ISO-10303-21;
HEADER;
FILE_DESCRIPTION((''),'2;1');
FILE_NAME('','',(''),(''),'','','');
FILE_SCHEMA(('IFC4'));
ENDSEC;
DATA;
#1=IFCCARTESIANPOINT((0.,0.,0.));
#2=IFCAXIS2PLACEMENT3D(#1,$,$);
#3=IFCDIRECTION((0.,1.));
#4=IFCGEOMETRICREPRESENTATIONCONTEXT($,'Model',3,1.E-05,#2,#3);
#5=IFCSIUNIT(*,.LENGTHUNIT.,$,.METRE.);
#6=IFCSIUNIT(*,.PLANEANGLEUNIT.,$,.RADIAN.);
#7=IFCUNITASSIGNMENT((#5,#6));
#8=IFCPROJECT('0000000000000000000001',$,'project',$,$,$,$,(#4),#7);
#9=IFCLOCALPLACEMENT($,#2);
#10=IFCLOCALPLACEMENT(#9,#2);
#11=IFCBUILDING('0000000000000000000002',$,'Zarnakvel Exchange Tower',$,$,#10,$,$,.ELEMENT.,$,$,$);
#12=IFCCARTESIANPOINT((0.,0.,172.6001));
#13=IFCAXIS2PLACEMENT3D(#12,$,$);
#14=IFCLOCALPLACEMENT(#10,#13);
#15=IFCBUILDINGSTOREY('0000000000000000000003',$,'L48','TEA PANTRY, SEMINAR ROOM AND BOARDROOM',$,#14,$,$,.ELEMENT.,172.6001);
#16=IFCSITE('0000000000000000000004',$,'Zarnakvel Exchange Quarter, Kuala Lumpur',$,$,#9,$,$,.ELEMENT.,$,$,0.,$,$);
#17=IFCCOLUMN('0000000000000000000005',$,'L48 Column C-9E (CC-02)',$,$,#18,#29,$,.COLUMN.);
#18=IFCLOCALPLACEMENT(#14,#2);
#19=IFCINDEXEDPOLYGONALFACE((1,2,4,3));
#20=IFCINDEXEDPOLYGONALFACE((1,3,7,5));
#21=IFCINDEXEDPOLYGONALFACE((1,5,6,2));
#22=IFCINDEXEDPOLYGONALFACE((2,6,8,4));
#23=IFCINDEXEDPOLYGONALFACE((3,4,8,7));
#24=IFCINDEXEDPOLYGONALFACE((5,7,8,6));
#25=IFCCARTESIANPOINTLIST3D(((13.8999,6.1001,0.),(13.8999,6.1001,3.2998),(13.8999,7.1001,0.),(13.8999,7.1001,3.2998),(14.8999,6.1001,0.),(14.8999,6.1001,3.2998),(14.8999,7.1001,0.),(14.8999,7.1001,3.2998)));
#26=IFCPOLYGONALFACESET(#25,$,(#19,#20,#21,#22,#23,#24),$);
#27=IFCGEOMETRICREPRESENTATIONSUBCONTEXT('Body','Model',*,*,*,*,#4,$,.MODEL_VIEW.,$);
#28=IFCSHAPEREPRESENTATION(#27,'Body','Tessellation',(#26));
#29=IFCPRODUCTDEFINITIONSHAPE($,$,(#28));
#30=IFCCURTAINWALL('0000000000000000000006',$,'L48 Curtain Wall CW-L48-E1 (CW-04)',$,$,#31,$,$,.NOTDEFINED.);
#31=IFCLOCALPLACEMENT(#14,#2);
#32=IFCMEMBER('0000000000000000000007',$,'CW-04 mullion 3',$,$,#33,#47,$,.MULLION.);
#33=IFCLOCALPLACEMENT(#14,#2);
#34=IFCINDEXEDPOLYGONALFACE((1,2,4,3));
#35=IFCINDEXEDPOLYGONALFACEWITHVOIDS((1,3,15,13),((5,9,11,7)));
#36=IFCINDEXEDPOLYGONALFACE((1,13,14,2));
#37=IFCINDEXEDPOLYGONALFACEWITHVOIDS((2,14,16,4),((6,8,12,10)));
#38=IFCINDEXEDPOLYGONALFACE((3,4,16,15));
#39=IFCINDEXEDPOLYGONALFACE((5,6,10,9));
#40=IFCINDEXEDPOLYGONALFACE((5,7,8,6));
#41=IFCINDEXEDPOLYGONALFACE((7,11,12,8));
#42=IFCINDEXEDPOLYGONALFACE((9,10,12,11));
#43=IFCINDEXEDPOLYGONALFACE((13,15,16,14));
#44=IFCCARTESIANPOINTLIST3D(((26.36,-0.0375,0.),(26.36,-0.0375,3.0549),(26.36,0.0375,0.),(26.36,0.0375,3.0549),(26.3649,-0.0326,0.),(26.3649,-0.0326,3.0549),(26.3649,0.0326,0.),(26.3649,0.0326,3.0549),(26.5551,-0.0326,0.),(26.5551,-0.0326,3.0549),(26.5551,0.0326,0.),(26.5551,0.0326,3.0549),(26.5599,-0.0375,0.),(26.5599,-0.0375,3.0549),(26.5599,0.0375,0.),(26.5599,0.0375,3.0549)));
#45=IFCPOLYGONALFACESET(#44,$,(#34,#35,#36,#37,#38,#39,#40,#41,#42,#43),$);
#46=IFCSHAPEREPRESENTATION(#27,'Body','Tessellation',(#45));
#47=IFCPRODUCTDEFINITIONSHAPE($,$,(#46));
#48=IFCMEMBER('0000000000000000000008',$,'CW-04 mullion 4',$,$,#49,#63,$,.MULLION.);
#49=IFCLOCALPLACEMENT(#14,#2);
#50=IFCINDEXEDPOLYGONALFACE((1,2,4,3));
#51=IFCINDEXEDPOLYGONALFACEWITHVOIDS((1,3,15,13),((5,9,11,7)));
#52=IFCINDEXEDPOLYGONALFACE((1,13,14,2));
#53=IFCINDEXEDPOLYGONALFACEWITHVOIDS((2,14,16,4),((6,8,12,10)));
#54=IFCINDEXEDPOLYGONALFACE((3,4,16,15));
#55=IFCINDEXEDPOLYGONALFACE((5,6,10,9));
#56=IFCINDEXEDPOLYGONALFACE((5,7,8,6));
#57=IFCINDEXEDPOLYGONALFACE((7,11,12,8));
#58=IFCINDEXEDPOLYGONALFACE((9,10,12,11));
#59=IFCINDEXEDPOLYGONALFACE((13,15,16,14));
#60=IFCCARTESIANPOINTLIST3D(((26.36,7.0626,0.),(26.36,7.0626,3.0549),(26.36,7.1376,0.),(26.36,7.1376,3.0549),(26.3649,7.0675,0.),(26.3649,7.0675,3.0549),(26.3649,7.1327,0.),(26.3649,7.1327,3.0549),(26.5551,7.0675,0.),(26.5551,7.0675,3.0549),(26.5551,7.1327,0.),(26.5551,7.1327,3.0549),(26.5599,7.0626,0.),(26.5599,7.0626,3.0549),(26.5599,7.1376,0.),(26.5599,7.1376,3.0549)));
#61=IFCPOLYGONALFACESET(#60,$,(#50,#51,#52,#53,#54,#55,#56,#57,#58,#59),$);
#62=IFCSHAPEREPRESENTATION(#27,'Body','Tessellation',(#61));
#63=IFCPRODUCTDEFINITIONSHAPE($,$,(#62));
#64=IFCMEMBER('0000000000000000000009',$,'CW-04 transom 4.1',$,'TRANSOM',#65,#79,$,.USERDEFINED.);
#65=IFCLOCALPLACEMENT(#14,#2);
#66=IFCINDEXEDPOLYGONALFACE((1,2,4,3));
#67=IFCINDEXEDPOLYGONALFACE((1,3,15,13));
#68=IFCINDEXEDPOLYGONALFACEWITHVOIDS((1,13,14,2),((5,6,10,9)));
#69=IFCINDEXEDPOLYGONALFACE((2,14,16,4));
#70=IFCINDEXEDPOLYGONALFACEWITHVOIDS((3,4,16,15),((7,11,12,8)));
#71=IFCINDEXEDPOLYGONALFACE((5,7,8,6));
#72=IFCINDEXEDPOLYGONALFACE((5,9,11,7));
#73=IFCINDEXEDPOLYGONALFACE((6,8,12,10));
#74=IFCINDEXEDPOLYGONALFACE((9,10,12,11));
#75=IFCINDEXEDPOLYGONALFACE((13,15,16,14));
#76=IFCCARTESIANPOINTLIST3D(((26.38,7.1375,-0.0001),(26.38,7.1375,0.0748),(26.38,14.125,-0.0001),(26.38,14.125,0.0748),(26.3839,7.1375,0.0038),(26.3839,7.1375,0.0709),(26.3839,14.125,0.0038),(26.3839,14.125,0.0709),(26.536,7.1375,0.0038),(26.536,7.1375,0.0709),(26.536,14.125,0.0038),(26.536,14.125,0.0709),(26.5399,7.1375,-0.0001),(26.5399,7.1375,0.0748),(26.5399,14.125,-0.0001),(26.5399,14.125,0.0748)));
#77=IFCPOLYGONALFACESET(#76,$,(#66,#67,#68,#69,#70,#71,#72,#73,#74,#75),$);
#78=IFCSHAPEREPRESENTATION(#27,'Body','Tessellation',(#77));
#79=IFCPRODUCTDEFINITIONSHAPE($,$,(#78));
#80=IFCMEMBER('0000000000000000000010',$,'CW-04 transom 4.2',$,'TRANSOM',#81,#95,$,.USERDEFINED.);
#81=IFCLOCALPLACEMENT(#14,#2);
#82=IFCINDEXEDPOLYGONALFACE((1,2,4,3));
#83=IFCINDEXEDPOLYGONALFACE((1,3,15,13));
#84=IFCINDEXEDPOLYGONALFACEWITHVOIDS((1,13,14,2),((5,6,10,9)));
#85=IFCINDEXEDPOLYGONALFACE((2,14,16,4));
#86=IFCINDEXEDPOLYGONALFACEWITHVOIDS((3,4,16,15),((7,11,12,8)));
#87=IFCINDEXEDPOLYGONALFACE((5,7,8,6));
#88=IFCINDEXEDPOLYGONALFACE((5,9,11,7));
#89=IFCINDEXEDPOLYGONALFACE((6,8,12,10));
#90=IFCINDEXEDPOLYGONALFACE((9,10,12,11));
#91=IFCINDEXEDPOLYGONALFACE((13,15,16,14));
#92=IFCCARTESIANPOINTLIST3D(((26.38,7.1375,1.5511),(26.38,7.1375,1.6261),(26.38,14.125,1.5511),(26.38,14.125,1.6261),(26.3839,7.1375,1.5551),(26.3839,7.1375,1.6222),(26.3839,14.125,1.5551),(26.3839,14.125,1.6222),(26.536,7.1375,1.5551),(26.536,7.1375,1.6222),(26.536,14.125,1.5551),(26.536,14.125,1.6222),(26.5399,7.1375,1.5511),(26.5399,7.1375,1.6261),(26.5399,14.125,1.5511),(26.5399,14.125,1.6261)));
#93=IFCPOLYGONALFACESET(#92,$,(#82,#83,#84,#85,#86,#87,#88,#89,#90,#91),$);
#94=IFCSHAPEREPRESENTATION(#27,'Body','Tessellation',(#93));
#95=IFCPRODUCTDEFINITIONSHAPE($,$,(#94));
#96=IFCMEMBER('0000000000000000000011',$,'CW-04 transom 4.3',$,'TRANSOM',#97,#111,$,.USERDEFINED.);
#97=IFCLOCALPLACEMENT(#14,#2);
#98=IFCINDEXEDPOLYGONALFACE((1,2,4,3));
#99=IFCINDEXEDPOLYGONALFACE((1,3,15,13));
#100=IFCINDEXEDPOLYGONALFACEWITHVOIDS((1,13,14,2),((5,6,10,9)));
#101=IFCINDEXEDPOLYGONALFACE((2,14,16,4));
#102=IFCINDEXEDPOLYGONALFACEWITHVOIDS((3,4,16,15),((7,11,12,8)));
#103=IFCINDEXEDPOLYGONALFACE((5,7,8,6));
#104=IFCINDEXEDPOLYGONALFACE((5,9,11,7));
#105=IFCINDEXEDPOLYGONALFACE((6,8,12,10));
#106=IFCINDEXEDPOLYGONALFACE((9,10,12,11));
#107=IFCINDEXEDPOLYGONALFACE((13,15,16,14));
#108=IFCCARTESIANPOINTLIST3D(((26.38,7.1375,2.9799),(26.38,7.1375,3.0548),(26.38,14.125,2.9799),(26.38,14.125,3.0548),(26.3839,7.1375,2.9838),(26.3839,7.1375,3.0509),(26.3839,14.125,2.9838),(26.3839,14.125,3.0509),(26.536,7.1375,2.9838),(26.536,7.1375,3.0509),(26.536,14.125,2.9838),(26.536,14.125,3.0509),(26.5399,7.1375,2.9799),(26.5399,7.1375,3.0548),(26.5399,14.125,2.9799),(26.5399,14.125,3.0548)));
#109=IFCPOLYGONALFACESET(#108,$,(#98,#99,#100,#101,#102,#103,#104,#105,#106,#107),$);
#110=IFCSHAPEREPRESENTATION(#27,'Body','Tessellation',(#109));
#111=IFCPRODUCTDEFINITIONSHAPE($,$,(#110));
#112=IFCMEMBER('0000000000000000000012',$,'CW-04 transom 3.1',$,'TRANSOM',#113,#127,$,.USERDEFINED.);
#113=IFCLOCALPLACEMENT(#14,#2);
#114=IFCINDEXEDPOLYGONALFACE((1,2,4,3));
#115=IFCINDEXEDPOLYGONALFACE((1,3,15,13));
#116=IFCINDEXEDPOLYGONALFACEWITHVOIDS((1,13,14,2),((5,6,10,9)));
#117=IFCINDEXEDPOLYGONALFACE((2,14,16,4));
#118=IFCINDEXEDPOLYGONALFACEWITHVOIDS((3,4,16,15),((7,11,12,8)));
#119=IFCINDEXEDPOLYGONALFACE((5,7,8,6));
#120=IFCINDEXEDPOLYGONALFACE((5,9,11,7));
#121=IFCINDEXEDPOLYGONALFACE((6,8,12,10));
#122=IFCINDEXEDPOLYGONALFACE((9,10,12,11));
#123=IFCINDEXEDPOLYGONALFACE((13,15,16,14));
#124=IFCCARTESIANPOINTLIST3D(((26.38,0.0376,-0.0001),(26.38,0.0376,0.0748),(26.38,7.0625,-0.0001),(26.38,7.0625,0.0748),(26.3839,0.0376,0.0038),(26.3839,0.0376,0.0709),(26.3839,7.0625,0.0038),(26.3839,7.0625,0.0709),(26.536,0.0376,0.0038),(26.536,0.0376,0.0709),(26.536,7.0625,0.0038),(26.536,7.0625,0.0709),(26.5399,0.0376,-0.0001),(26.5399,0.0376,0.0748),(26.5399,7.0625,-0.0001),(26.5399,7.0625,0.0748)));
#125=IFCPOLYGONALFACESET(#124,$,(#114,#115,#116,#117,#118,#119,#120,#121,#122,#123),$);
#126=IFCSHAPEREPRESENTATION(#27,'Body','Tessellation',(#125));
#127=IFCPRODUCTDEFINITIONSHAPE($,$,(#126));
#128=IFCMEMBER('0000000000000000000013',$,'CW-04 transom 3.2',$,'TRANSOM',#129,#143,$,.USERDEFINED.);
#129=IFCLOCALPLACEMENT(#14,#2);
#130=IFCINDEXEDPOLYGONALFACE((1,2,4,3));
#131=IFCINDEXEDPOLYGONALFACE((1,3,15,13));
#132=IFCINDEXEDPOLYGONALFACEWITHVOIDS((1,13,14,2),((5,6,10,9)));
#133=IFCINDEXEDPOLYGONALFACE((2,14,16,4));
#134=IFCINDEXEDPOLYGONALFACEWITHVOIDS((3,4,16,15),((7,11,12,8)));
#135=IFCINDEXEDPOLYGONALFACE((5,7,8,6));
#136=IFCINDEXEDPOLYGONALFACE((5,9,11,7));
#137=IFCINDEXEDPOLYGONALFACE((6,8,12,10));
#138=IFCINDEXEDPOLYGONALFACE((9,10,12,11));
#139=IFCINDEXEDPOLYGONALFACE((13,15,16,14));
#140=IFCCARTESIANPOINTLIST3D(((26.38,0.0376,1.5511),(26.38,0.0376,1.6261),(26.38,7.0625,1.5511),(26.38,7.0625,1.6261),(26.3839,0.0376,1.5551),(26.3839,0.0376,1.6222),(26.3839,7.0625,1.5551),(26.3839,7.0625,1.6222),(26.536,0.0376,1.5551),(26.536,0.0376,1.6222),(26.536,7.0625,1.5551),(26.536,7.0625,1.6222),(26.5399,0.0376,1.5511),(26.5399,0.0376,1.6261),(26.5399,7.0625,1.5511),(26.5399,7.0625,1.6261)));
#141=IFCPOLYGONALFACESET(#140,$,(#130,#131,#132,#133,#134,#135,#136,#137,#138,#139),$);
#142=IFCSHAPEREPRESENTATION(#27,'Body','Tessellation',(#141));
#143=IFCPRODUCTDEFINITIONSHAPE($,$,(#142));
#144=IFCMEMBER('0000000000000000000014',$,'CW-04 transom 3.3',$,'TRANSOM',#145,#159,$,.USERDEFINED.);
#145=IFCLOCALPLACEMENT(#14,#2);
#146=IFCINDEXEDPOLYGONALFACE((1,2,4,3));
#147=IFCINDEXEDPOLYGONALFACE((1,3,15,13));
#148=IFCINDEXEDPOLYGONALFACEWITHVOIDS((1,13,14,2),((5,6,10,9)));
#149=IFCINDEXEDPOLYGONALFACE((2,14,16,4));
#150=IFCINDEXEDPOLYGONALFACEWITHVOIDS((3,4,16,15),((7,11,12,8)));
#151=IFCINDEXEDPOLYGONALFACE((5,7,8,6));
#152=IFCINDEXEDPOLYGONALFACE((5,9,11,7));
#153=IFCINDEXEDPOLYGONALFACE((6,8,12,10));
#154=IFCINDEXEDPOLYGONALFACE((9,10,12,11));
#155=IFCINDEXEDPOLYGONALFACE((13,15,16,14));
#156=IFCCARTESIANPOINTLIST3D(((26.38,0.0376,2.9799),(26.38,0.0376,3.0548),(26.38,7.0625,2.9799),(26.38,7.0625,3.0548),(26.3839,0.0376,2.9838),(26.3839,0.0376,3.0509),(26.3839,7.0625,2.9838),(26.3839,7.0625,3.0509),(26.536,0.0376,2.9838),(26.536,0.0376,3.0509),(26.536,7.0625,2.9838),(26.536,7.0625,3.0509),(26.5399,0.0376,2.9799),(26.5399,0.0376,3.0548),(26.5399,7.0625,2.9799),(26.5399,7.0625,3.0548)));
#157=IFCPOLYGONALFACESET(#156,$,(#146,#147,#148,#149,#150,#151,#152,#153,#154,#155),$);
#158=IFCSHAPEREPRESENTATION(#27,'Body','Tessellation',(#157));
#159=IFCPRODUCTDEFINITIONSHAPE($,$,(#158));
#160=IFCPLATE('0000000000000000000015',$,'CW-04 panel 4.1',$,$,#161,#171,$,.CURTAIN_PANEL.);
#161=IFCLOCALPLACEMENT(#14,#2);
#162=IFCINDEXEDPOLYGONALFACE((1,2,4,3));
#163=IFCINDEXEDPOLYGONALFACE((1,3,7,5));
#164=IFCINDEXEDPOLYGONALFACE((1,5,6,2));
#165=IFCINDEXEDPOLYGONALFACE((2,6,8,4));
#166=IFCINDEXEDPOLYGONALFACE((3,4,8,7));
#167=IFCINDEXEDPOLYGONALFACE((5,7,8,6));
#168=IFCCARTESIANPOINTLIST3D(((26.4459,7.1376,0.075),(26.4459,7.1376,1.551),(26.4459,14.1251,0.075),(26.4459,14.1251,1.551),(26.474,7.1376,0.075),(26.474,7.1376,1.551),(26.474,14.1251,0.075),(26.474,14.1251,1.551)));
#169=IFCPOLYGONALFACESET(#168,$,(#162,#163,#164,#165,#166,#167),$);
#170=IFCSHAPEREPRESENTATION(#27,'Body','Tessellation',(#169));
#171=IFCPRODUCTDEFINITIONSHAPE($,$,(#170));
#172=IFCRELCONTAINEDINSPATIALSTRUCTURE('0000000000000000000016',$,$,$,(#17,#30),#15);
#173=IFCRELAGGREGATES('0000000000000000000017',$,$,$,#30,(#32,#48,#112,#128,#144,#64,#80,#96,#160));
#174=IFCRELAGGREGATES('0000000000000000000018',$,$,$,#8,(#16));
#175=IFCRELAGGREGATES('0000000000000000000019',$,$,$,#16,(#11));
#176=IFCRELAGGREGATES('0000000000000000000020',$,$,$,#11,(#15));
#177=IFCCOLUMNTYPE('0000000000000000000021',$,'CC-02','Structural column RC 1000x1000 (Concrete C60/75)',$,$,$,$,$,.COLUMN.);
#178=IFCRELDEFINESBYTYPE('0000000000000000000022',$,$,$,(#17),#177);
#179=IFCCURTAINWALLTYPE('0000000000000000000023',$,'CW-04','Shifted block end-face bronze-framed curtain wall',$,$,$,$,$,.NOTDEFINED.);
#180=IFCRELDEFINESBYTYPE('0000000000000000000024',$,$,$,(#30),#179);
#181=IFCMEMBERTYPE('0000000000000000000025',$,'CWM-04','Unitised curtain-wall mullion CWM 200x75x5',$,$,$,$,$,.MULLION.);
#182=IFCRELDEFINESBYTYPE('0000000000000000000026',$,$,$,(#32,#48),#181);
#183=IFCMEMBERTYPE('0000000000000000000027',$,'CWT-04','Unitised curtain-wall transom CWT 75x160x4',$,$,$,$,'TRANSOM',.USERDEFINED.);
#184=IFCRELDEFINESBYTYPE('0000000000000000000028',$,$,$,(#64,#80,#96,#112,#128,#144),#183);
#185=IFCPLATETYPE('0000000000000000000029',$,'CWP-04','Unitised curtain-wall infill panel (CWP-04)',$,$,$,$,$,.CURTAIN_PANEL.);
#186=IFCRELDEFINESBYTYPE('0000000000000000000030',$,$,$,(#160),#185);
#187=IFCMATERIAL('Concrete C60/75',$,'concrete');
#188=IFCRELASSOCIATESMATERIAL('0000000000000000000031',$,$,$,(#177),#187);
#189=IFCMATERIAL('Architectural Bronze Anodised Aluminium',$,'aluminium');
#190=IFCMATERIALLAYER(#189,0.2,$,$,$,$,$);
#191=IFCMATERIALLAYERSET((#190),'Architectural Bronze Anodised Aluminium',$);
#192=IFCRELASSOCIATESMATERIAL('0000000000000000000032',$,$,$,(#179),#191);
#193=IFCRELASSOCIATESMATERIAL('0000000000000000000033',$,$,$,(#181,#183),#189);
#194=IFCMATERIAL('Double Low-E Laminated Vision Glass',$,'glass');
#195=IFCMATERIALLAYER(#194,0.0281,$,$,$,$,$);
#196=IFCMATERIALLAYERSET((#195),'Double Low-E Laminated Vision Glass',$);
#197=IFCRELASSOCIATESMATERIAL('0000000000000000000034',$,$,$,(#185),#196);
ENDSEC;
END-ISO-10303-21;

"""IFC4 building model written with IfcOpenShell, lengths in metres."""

from ifc_helpers import new_model, si_unit, direction, frame, origin, origin_2d, place, context, subcontext, project, spatial, rectangle, hollow_rectangle, extrude, source, transform, mapped, material, layer, layer_set, material_profile, profile_set, type_object, element, aggregate, save


model = new_model("IFC4")

# Units and contexts
model_context = context("Model", 3, precision=1e-05, world=origin(), true_north=direction((0.0, 1.0)))
body_context = subcontext(model_context, "Body", "Model", "MODEL_VIEW")
ifc_project = project(units=[si_unit("LENGTHUNIT", "METRE"), si_unit("PLANEANGLEUNIT", "RADIAN")], contexts=[model_context])

# Site, building, storey
site_placement = place(None, origin())
site = spatial("IfcSite", under=ifc_project, at=site_placement, Name="Zarnakvel Exchange Quarter, Kuala Lumpur", CompositionType="ELEMENT", RefElevation=0.0)
building_placement = place(site_placement, origin())
building = spatial("IfcBuilding", under=site, at=building_placement, Name="Zarnakvel Exchange Tower", CompositionType="ELEMENT")
storey_placement = place(building_placement, frame((0.0, 0.0, 172.6001)))
storey = spatial("IfcBuildingStorey", under=building, at=storey_placement, Name="L48", Description="TEA PANTRY, SEMINAR ROOM AND BOARDROOM", CompositionType="ELEMENT", Elevation=172.6001)

# Column
ifc_material_1 = material(Name="Concrete C60/75", Category="concrete")
ifc_material_profile_1 = material_profile(ifc_material_1, rectangle(XDim=1.0, YDim=1.0, at=origin_2d()))
ifc_profile_set_1 = profile_set([ifc_material_profile_1], Name="Concrete C60/75")
column_type = type_object("IfcColumnType", Name="CC-02", Description="Structural column RC 1000x1000 (Concrete C60/75)", PredefinedType="COLUMN", material=ifc_profile_set_1)
column_placement = place(storey_placement, frame((14.3999, 6.6001, 0.0), z_axis=(0.0, 0.0, 1.0), x_axis=(1.0, 0.0, 0.0)))
element("IfcColumn", 1, at=column_placement, inside=storey, type_object=column_type, Name="L48 Column C-9E (CC-02)", PredefinedType="COLUMN", context=body_context, shape_type="SweptSolid", body=[
    extrude(rectangle(XDim=1.0, YDim=1.0, at=origin_2d()), origin(), (0.0, 0.0, 1.0), 3.2998),
])

# Curtain wall, members, plate
ifc_material_2 = material(Name="Architectural Bronze Anodised Aluminium", Category="aluminium")
ifc_layer_1 = layer(ifc_material_2, 0.2)
ifc_layer_set_1 = layer_set([ifc_layer_1], Name="Architectural Bronze Anodised Aluminium")
curtain_wall_type = type_object("IfcCurtainWallType", Name="CW-04", Description="Shifted block end-face bronze-framed curtain wall", PredefinedType="NOTDEFINED", material=ifc_layer_set_1)
curtain_wall_placement = place(storey_placement, origin())
curtain_wall = element("IfcCurtainWall", 2, at=curtain_wall_placement, inside=storey, type_object=curtain_wall_type, Name="L48 Curtain Wall CW-L48-E1 (CW-04)", PredefinedType="NOTDEFINED")
ifc_material_profile_2 = material_profile(ifc_material_2, hollow_rectangle(XDim=0.2, YDim=0.075, WallThickness=0.0049, at=origin_2d()))
ifc_profile_set_2 = profile_set([ifc_material_profile_2], Name="Architectural Bronze Anodised Aluminium")
member_type_1 = type_object("IfcMemberType", Name="CWM-04", Description="Unitised curtain-wall mullion CWM 200x75x5", PredefinedType="MULLION", material=ifc_profile_set_2)
shared_shape_1 = source(origin(), body_context, "Body", "SweptSolid", [
    extrude(hollow_rectangle(XDim=0.2, YDim=0.075, WallThickness=0.0049, at=origin_2d()), origin(), (0.0, 0.0, 1.0), 3.0549),
])
member_1_placement = place(storey_placement, frame((26.46, 0.0, 0.0), z_axis=(0.0, 0.0, 1.0), x_axis=(-1.0, 0.0, 0.0)))
member_1 = element("IfcMember", 3, at=member_1_placement, type_object=member_type_1, Name="CW-04 mullion 3", PredefinedType="MULLION", context=body_context, shape_type="MappedRepresentation", body=[
    mapped(shared_shape_1, transform((0.0, 0.0, 0.0), x_axis=(1.0, 0.0, 0.0), y_axis=(0.0, 1.0, 0.0), z_axis=(0.0, 0.0, 1.0), scale=1.0)),
])
member_2_placement = place(storey_placement, frame((26.46, 7.1001, 0.0), z_axis=(0.0, 0.0, 1.0), x_axis=(-1.0, 0.0, 0.0)))
member_2 = element("IfcMember", 4, at=member_2_placement, type_object=member_type_1, Name="CW-04 mullion 4", PredefinedType="MULLION", context=body_context, shape_type="MappedRepresentation", body=[
    mapped(shared_shape_1, transform((0.0, 0.0, 0.0), x_axis=(1.0, 0.0, 0.0), y_axis=(0.0, 1.0, 0.0), z_axis=(0.0, 0.0, 1.0), scale=1.0)),
])
ifc_material_profile_3 = material_profile(ifc_material_2, hollow_rectangle(XDim=0.1599, YDim=0.075, WallThickness=0.0039, at=origin_2d()))
ifc_profile_set_3 = profile_set([ifc_material_profile_3], Name="Architectural Bronze Anodised Aluminium")
member_type_2 = type_object("IfcMemberType", Name="CWT-04", Description="Unitised curtain-wall transom CWT 75x160x4", ElementType="TRANSOM", PredefinedType="USERDEFINED", material=ifc_profile_set_3)
shared_shape_2 = source(origin(), body_context, "Body", "SweptSolid", [
    extrude(hollow_rectangle(XDim=0.1599, YDim=0.075, WallThickness=0.0039, at=origin_2d()), origin(), (0.0, 0.0, 1.0), 6.9875),
])
member_3_placement = place(storey_placement, frame((26.46, 7.1375, 0.0374), z_axis=(0.0, 1.0, 0.0), x_axis=(-1.0, 0.0, 0.0)))
member_3 = element("IfcMember", 5, at=member_3_placement, type_object=member_type_2, Name="CW-04 transom 4.1", ObjectType="TRANSOM", PredefinedType="USERDEFINED", context=body_context, shape_type="MappedRepresentation", body=[
    mapped(shared_shape_2, transform((0.0, 0.0, 0.0), x_axis=(1.0, 0.0, 0.0), y_axis=(0.0, 1.0, 0.0), z_axis=(0.0, 0.0, 1.0), scale=1.0)),
])
member_4_placement = place(storey_placement, frame((26.46, 7.1375, 1.5886), z_axis=(0.0, 1.0, 0.0), x_axis=(-1.0, 0.0, 0.0)))
member_4 = element("IfcMember", 6, at=member_4_placement, type_object=member_type_2, Name="CW-04 transom 4.2", ObjectType="TRANSOM", PredefinedType="USERDEFINED", context=body_context, shape_type="MappedRepresentation", body=[
    mapped(shared_shape_2, transform((0.0, 0.0, 0.0), x_axis=(1.0, 0.0, 0.0), y_axis=(0.0, 1.0, 0.0), z_axis=(0.0, 0.0, 1.0), scale=1.0)),
])
member_5_placement = place(storey_placement, frame((26.46, 7.1375, 3.0173), z_axis=(0.0, 1.0, 0.0), x_axis=(-1.0, 0.0, 0.0)))
member_5 = element("IfcMember", 7, at=member_5_placement, type_object=member_type_2, Name="CW-04 transom 4.3", ObjectType="TRANSOM", PredefinedType="USERDEFINED", context=body_context, shape_type="MappedRepresentation", body=[
    mapped(shared_shape_2, transform((0.0, 0.0, 0.0), x_axis=(1.0, 0.0, 0.0), y_axis=(0.0, 1.0, 0.0), z_axis=(0.0, 0.0, 1.0), scale=1.0)),
])
shared_shape_3 = source(origin(), body_context, "Body", "SweptSolid", [
    extrude(hollow_rectangle(XDim=0.1599, YDim=0.075, WallThickness=0.0039, at=origin_2d()), origin(), (0.0, 0.0, 1.0), 7.0249),
])
member_6_placement = place(storey_placement, frame((26.46, 0.0376, 0.0374), z_axis=(0.0, 1.0, 0.0), x_axis=(-1.0, 0.0, 0.0)))
member_6 = element("IfcMember", 8, at=member_6_placement, type_object=member_type_2, Name="CW-04 transom 3.1", ObjectType="TRANSOM", PredefinedType="USERDEFINED", context=body_context, shape_type="MappedRepresentation", body=[
    mapped(shared_shape_3, transform((0.0, 0.0, 0.0), x_axis=(1.0, 0.0, 0.0), y_axis=(0.0, 1.0, 0.0), z_axis=(0.0, 0.0, 1.0), scale=1.0)),
])
member_7_placement = place(storey_placement, frame((26.46, 0.0376, 1.5886), z_axis=(0.0, 1.0, 0.0), x_axis=(-1.0, 0.0, 0.0)))
member_7 = element("IfcMember", 9, at=member_7_placement, type_object=member_type_2, Name="CW-04 transom 3.2", ObjectType="TRANSOM", PredefinedType="USERDEFINED", context=body_context, shape_type="MappedRepresentation", body=[
    mapped(shared_shape_3, transform((0.0, 0.0, 0.0), x_axis=(1.0, 0.0, 0.0), y_axis=(0.0, 1.0, 0.0), z_axis=(0.0, 0.0, 1.0), scale=1.0)),
])
member_8_placement = place(storey_placement, frame((26.46, 0.0376, 3.0173), z_axis=(0.0, 1.0, 0.0), x_axis=(-1.0, 0.0, 0.0)))
member_8 = element("IfcMember", 10, at=member_8_placement, type_object=member_type_2, Name="CW-04 transom 3.3", ObjectType="TRANSOM", PredefinedType="USERDEFINED", context=body_context, shape_type="MappedRepresentation", body=[
    mapped(shared_shape_3, transform((0.0, 0.0, 0.0), x_axis=(1.0, 0.0, 0.0), y_axis=(0.0, 1.0, 0.0), z_axis=(0.0, 0.0, 1.0), scale=1.0)),
])
ifc_material_3 = material(Name="Double Low-E Laminated Vision Glass", Category="glass")
ifc_layer_2 = layer(ifc_material_3, 0.0281)
ifc_layer_set_2 = layer_set([ifc_layer_2], Name="Double Low-E Laminated Vision Glass")
plate_type = type_object("IfcPlateType", Name="CWP-04", Description="Unitised curtain-wall infill panel (CWP-04)", PredefinedType="CURTAIN_PANEL", material=ifc_layer_set_2)
shared_shape_4 = source(origin(), body_context, "Body", "SweptSolid", [
    extrude(rectangle(XDim=6.9875, YDim=0.0281, at=origin_2d()), origin(), (0.0, 0.0, 1.0), 1.4761),
])
plate_1_placement = place(storey_placement, frame((26.46, 10.6313, 0.075), z_axis=(0.0, 0.0, 1.0), x_axis=(0.0, 1.0, 0.0)))
plate_1 = element("IfcPlate", 11, at=plate_1_placement, type_object=plate_type, Name="CW-04 panel 4.1", PredefinedType="CURTAIN_PANEL", context=body_context, shape_type="MappedRepresentation", body=[
    mapped(shared_shape_4, transform((0.0, 0.0, 0.0), x_axis=(1.0, 0.0, 0.0), y_axis=(0.0, 1.0, 0.0), z_axis=(0.0, 0.0, 1.0), scale=1.0)),
])
aggregate(curtain_wall, [member_1, member_2, member_6, member_7, member_8, member_3, member_4, member_5, plate_1])

save(model, "model.ifc")
